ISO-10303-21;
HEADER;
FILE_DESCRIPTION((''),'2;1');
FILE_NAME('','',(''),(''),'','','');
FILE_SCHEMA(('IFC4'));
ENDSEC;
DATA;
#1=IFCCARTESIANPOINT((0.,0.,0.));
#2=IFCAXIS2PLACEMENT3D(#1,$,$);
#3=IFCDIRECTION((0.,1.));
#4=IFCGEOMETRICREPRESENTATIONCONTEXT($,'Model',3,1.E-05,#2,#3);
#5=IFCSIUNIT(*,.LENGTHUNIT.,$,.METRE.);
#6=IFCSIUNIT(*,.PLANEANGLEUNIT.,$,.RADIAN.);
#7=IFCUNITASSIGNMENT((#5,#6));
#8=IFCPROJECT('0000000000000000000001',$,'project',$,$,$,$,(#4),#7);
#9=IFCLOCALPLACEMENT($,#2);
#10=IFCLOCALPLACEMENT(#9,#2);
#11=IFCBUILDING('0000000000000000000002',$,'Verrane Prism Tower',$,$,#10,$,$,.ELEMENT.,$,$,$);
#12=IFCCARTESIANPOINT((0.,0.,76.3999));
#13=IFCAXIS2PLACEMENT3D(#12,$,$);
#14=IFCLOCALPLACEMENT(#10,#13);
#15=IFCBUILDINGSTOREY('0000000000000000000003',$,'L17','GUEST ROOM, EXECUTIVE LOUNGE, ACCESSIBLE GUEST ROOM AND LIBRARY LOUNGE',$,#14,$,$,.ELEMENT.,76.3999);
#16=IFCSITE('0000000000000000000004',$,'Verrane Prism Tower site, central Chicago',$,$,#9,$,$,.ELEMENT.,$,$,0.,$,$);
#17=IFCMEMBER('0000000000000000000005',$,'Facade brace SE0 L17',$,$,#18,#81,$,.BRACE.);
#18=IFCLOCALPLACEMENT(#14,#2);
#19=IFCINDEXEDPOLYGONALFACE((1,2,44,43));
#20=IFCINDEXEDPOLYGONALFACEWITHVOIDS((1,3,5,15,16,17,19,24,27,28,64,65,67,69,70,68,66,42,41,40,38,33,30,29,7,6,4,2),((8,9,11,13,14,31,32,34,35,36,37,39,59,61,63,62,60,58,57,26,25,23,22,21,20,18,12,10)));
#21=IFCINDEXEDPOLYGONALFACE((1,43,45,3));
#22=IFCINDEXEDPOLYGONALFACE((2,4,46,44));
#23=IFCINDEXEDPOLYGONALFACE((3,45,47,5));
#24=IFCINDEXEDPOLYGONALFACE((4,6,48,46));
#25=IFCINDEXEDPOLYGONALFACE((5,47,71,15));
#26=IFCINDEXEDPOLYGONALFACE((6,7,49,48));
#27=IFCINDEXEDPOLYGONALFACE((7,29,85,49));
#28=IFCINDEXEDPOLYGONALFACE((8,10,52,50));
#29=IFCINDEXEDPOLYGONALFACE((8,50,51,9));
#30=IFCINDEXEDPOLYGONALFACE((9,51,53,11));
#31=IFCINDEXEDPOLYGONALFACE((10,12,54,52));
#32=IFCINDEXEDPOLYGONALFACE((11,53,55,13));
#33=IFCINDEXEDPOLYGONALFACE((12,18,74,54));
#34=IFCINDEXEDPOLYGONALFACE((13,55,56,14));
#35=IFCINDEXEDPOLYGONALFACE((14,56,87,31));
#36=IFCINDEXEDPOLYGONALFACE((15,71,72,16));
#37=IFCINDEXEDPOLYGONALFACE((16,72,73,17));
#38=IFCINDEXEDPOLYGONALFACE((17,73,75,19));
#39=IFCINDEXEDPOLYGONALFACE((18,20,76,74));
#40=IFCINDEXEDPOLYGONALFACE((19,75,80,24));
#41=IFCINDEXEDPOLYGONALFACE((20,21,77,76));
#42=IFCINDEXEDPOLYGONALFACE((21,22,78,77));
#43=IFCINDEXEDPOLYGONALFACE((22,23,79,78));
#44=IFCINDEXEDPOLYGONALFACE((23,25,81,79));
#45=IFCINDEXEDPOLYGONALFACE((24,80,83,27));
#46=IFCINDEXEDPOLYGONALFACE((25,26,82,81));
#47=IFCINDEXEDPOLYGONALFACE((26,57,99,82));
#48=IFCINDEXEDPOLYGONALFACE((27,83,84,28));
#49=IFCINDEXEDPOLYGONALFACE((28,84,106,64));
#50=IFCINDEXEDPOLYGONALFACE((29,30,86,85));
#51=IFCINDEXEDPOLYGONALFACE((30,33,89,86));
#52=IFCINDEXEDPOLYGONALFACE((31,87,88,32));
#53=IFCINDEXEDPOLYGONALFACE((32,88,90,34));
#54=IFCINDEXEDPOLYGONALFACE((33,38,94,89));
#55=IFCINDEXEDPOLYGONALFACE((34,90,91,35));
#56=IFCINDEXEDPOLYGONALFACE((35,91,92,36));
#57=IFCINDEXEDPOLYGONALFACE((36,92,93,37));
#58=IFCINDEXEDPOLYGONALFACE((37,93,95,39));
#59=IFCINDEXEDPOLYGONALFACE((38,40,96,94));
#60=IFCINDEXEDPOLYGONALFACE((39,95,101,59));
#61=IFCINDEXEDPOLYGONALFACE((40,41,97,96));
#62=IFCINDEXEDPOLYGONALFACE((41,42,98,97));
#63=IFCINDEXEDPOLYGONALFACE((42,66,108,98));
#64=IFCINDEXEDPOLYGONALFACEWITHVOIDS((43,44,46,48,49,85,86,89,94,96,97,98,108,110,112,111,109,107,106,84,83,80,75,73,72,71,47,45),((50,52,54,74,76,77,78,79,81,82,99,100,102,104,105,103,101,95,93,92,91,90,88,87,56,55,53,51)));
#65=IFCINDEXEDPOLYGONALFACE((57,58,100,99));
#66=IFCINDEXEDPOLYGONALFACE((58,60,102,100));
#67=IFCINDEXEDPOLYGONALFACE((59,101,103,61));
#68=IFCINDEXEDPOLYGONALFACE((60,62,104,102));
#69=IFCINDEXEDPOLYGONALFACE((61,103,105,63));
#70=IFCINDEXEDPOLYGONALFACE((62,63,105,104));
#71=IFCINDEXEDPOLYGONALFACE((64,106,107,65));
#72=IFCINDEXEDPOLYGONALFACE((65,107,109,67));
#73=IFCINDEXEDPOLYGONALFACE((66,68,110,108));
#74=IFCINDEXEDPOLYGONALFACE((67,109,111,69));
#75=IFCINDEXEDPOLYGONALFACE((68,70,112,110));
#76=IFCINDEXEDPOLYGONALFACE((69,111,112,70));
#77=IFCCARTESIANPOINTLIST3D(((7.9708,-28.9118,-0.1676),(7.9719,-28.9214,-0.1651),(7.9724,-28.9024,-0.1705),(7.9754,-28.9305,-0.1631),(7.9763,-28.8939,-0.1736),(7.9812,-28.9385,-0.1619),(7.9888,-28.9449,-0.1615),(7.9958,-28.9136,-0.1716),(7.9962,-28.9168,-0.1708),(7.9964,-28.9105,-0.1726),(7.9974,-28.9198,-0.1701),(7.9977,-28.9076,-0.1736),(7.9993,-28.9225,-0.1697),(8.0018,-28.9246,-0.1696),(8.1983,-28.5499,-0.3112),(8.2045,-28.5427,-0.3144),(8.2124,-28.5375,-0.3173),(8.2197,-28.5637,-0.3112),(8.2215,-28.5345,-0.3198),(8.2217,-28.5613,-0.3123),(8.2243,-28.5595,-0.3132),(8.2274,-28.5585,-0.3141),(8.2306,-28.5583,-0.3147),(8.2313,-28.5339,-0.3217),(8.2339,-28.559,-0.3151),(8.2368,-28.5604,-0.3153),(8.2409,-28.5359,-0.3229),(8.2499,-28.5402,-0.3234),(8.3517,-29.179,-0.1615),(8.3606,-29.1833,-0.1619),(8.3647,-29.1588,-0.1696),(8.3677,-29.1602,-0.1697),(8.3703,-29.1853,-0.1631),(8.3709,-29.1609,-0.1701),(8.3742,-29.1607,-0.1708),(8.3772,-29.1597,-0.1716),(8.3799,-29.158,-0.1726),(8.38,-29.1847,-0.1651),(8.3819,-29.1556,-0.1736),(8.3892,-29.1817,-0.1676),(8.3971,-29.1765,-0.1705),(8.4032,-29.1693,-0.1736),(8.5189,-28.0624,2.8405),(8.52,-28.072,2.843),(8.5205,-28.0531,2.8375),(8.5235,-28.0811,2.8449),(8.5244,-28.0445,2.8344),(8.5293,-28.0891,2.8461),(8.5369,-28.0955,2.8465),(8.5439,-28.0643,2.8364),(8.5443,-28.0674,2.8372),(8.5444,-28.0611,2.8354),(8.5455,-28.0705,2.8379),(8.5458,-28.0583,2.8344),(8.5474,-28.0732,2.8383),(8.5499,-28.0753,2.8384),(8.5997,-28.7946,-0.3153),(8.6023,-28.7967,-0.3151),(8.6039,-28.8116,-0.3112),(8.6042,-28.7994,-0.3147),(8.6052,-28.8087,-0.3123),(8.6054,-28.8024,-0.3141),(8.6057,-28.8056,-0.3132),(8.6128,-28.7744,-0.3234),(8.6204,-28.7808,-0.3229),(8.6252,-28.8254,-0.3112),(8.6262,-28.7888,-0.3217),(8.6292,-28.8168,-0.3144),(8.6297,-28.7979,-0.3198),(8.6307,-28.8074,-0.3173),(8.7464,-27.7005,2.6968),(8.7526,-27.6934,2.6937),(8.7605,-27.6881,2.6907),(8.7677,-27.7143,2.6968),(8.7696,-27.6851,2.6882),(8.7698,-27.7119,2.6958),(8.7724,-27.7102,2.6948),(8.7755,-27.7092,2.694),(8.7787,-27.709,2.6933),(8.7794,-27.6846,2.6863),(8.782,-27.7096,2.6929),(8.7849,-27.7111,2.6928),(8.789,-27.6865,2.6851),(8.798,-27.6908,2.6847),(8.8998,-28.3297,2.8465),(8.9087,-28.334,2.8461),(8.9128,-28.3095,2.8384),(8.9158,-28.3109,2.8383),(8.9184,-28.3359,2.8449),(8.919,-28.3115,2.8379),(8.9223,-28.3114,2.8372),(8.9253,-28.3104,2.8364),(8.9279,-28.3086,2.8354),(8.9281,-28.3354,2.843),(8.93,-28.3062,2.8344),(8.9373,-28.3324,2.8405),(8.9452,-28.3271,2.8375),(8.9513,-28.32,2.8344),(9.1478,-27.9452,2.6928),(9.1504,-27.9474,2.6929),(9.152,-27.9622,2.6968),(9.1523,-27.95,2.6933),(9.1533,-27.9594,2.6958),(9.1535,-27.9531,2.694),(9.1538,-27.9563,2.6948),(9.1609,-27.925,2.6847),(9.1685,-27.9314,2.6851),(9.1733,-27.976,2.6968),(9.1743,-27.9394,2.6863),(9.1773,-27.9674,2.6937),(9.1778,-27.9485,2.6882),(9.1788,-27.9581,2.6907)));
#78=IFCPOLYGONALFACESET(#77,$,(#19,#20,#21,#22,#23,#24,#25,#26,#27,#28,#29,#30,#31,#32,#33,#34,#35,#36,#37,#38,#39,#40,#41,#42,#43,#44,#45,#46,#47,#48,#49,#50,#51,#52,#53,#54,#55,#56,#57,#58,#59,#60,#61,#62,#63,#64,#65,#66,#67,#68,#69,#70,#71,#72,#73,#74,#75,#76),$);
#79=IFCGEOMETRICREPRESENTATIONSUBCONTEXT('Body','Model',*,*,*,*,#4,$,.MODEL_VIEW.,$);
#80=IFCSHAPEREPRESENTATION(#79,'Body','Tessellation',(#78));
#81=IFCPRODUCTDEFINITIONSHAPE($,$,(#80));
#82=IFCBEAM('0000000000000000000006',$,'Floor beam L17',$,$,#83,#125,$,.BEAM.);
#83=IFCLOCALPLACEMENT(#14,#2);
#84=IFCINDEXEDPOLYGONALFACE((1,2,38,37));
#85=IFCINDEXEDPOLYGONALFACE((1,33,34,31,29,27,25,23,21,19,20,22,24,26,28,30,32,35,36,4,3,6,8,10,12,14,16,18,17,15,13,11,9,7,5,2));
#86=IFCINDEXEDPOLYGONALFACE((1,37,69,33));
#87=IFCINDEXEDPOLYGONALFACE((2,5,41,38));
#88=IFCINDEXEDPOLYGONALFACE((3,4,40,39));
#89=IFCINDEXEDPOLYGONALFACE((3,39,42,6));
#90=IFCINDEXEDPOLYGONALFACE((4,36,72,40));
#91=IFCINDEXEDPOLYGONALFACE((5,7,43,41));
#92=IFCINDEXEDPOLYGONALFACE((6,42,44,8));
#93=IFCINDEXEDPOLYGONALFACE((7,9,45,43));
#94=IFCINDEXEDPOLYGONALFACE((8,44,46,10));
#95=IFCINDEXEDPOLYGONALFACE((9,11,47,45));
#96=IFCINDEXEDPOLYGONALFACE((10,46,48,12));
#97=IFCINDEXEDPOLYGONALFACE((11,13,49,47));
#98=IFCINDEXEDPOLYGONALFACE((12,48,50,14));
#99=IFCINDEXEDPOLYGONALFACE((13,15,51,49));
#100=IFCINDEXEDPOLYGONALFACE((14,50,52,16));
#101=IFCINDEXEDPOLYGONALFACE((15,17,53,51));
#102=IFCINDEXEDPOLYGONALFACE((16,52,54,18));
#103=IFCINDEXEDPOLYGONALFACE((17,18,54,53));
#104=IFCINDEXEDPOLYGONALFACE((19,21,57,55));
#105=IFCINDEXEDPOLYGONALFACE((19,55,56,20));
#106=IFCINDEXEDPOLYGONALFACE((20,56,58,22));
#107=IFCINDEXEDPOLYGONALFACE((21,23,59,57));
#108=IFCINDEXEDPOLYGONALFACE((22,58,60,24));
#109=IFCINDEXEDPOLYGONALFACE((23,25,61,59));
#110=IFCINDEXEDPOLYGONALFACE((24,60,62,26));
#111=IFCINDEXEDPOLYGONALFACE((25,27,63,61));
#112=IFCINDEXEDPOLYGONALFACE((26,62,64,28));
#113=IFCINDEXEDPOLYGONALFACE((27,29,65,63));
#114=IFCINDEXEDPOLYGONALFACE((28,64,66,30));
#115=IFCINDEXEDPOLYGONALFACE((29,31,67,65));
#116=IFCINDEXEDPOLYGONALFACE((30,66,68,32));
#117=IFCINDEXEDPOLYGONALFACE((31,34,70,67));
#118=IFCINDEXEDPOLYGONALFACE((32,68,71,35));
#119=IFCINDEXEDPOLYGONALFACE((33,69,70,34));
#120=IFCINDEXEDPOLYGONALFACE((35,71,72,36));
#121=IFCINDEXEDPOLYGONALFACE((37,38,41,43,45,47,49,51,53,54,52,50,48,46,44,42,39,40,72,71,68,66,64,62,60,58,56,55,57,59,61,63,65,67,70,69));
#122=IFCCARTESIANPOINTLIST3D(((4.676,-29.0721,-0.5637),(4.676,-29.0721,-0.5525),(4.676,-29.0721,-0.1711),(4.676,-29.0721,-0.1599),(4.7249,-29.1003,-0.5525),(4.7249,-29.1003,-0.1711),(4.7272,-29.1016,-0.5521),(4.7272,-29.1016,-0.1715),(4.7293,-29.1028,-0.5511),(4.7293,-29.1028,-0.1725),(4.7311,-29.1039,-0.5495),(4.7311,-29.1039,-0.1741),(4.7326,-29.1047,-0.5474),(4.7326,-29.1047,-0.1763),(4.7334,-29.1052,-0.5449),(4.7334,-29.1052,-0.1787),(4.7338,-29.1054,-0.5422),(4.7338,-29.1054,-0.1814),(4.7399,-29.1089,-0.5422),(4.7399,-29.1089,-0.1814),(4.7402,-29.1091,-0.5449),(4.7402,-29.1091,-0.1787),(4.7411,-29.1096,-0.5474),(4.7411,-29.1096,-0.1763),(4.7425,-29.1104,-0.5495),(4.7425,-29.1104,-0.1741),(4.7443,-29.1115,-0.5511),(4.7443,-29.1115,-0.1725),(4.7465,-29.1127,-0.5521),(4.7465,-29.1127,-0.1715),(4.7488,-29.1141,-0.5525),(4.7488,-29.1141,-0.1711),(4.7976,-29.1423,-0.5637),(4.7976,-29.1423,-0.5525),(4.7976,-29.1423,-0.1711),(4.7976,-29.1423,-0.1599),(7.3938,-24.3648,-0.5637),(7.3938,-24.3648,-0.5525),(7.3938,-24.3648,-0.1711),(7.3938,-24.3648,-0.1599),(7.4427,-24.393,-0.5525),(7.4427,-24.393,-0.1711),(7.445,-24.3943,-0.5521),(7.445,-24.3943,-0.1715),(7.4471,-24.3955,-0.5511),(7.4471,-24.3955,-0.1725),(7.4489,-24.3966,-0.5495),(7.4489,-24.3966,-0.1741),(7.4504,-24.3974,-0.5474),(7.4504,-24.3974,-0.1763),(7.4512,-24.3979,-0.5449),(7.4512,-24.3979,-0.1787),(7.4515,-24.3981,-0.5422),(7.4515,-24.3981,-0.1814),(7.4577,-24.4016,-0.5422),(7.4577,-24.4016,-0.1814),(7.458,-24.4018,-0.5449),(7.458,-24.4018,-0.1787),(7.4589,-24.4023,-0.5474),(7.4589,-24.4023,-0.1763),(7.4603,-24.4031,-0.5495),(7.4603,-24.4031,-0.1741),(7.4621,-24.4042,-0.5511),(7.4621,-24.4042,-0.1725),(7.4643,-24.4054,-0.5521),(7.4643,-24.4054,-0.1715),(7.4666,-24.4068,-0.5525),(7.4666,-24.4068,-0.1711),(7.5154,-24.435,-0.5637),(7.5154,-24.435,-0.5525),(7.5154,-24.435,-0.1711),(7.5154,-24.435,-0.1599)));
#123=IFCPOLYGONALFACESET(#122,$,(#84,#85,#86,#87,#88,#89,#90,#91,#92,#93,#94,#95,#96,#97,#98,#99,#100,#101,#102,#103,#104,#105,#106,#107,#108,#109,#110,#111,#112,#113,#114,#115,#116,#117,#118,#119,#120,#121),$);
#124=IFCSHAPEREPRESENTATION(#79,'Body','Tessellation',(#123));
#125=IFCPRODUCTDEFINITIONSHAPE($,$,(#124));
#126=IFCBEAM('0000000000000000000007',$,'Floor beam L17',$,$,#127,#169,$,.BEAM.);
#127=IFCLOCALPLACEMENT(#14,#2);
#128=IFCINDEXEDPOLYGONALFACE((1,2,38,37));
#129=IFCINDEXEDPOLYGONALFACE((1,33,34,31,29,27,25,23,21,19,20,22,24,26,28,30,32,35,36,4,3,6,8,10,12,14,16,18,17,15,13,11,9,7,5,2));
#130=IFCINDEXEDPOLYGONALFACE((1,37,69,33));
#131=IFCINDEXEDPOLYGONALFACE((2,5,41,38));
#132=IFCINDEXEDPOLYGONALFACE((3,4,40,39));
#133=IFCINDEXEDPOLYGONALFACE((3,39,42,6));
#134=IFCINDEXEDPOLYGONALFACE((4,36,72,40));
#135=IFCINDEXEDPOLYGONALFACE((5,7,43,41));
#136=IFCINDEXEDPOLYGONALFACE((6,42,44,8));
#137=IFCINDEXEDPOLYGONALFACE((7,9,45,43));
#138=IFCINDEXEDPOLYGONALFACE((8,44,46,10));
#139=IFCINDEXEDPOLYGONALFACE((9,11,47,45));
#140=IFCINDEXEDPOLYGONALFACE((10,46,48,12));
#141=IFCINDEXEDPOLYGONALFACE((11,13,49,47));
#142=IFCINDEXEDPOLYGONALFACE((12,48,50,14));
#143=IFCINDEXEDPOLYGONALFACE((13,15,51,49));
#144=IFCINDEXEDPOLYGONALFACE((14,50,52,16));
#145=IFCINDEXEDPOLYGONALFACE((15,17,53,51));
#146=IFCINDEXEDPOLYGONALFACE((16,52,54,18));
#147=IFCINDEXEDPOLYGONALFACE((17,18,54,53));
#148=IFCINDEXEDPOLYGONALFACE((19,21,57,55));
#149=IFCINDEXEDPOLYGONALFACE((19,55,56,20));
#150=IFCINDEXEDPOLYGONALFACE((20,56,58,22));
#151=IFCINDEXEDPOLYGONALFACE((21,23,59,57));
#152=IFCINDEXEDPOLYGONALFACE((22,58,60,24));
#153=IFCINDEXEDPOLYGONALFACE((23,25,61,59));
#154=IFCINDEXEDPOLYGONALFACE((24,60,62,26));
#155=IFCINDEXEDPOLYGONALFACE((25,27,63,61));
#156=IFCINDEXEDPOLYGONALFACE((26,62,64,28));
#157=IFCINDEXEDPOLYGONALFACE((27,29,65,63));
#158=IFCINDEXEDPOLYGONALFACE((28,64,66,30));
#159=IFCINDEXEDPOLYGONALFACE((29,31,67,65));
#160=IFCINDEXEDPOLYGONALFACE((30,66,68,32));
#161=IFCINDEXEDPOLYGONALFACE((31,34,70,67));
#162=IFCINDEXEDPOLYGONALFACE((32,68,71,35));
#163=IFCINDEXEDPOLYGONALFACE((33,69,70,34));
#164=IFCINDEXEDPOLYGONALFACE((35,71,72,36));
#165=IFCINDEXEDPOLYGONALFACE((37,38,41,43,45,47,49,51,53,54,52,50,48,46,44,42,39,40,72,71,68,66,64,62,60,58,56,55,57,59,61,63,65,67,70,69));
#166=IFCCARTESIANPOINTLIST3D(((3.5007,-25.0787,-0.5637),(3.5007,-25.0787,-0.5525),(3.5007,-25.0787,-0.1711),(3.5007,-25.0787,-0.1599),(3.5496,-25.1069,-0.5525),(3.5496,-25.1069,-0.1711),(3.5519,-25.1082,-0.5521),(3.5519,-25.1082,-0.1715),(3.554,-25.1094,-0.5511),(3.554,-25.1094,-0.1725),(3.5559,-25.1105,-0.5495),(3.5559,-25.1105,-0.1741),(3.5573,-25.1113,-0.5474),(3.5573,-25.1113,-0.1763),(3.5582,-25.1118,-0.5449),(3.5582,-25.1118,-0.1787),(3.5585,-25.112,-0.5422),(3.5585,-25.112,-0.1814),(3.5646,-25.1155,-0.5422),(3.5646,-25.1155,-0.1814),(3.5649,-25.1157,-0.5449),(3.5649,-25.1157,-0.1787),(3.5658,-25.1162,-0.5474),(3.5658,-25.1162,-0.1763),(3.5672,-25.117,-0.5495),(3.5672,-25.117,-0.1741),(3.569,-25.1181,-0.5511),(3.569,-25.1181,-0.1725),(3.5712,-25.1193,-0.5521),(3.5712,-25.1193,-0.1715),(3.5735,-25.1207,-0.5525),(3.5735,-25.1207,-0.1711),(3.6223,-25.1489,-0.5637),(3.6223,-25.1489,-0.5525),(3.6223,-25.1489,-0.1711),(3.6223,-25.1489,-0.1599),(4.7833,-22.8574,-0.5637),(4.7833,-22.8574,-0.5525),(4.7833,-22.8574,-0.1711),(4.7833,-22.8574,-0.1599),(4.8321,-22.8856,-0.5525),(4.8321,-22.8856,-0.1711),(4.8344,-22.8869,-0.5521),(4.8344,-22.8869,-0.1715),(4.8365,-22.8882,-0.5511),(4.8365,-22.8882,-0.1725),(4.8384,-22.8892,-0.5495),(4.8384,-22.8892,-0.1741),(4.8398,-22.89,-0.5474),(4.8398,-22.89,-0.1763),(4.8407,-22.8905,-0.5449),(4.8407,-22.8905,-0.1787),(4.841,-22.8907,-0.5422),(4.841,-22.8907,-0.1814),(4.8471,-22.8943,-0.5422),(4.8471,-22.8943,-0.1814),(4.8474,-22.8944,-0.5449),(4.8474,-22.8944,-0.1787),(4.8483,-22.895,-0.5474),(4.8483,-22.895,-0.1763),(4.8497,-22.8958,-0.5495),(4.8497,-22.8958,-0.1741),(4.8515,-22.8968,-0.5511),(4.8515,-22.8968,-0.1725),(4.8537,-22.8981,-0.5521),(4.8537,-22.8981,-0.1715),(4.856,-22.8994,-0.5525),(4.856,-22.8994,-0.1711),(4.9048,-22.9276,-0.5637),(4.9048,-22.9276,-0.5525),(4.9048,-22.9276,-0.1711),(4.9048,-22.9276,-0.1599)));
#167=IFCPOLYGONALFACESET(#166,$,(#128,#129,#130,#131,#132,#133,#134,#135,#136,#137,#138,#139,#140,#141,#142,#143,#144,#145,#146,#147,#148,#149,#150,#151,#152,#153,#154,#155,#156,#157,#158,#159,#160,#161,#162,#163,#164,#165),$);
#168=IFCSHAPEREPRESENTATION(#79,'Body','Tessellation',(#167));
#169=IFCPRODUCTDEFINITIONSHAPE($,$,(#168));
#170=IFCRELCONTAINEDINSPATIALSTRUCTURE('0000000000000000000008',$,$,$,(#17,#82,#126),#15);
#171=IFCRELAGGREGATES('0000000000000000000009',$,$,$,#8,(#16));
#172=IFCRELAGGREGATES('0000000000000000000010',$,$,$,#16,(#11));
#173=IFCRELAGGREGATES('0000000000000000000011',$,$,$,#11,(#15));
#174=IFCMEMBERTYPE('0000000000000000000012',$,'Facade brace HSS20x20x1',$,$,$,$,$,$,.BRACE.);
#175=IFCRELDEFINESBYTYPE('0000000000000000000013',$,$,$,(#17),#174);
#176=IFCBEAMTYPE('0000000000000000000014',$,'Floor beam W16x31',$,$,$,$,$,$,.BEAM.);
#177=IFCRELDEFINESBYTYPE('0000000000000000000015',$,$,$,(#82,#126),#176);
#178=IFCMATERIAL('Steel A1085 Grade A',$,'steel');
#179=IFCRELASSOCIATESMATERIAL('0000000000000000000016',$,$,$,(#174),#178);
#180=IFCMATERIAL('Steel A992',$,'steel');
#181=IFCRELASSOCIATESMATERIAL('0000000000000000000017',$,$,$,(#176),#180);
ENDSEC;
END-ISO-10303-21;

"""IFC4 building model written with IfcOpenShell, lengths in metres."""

from ifc_helpers import new_model, si_unit, direction, frame, origin, origin_2d, place, context, subcontext, project, spatial, hollow_rectangle, i_section, extrude, material, material_profile, profile_set, type_object, element, save


model = new_model("IFC4")

# Units and contexts
model_context = context("Model", 3, precision=1e-05, world=origin(), true_north=direction((0.0, 1.0)))
body_context = subcontext(model_context, "Body", "Model", "MODEL_VIEW")
ifc_project = project(units=[si_unit("LENGTHUNIT", "METRE"), si_unit("PLANEANGLEUNIT", "RADIAN")], contexts=[model_context])

# Site, building, storey
site_placement = place(None, origin())
site = spatial("IfcSite", under=ifc_project, at=site_placement, Name="Verrane Prism Tower site, central Chicago", CompositionType="ELEMENT", RefElevation=0.0)
building_placement = place(site_placement, origin())
building = spatial("IfcBuilding", under=site, at=building_placement, Name="Verrane Prism Tower", CompositionType="ELEMENT")
storey_placement = place(building_placement, frame((0.0, 0.0, 76.3999)))
storey = spatial("IfcBuildingStorey", under=building, at=storey_placement, Name="L17", Description="GUEST ROOM, EXECUTIVE LOUNGE, ACCESSIBLE GUEST ROOM AND LIBRARY LOUNGE", CompositionType="ELEMENT", Elevation=76.3999)

# Member
ifc_material_1 = material(Name="Steel A1085 Grade A", Category="steel")
ifc_material_profile_1 = material_profile(ifc_material_1, hollow_rectangle(XDim=0.5081, YDim=0.5081, WallThickness=0.0254, InnerFilletRadius=0.0127, OuterFilletRadius=0.0381, at=origin_2d()), Name="HSS20x20x1")
ifc_profile_set_1 = profile_set([ifc_material_profile_1], Name="Steel A1085 Grade A")
member_type_1 = type_object("IfcMemberType", Name="Facade brace HSS20x20x1", PredefinedType="BRACE", material=ifc_profile_set_1)
member_1_placement = place(storey_placement, frame((8.3008, -28.8596, -0.2424), z_axis=(0.172718, 0.267655, 0.947908), x_axis=(-0.840243, 0.542209, 0.0)))
element("IfcMember", 1, at=member_1_placement, inside=storey, type_object=member_type_1, Name="Facade brace SE0 L17", PredefinedType="BRACE", context=body_context, shape_type="SweptSolid", body=[
    extrude(hollow_rectangle(XDim=0.5081, YDim=0.5081, WallThickness=0.0254, InnerFilletRadius=0.0127, OuterFilletRadius=0.0381, at=origin_2d()), origin(), (0.0, 0.0, 1.0), 3.1733),
])

# Beams
ifc_material_2 = material(Name="Steel A992", Category="steel")
ifc_material_profile_2 = material_profile(ifc_material_2, i_section(OverallWidth=0.1404, OverallDepth=0.4038, WebThickness=0.0071, FlangeThickness=0.0112, FilletRadius=0.0103, at=origin_2d()), Name="W16x31")
ifc_profile_set_2 = profile_set([ifc_material_profile_2], Name="Steel A992")
beam_type_1 = type_object("IfcBeamType", Name="Floor beam W16x31", PredefinedType="BEAM", material=ifc_profile_set_2)
beam_1_placement = place(storey_placement, frame((4.7368, -29.1072, -0.3618), z_axis=(0.500004, 0.866023, 0.0), x_axis=(-0.866023, 0.500004, 0.0)))
element("IfcBeam", 2, at=beam_1_placement, inside=storey, type_object=beam_type_1, Name="Floor beam L17", PredefinedType="BEAM", context=body_context, shape_type="SweptSolid", body=[
    extrude(i_section(OverallWidth=0.1404, OverallDepth=0.4038, WebThickness=0.0071, FlangeThickness=0.0112, FilletRadius=0.0103, at=origin_2d()), origin(), (0.0, 0.0, 1.0), 5.4355),
])
beam_2_placement = place(storey_placement, frame((3.5615, -25.1138, -0.3618), z_axis=(0.500019, 0.866014, 0.0), x_axis=(-0.866014, 0.500019, 0.0)))
element("IfcBeam", 3, at=beam_2_placement, inside=storey, type_object=beam_type_1, Name="Floor beam L17", PredefinedType="BEAM", context=body_context, shape_type="SweptSolid", body=[
    extrude(i_section(OverallWidth=0.1404, OverallDepth=0.4038, WebThickness=0.0071, FlangeThickness=0.0112, FilletRadius=0.0103, at=origin_2d()), origin(), (0.0, 0.0, 1.0), 2.5649),
])

save(model, "model.ifc")
